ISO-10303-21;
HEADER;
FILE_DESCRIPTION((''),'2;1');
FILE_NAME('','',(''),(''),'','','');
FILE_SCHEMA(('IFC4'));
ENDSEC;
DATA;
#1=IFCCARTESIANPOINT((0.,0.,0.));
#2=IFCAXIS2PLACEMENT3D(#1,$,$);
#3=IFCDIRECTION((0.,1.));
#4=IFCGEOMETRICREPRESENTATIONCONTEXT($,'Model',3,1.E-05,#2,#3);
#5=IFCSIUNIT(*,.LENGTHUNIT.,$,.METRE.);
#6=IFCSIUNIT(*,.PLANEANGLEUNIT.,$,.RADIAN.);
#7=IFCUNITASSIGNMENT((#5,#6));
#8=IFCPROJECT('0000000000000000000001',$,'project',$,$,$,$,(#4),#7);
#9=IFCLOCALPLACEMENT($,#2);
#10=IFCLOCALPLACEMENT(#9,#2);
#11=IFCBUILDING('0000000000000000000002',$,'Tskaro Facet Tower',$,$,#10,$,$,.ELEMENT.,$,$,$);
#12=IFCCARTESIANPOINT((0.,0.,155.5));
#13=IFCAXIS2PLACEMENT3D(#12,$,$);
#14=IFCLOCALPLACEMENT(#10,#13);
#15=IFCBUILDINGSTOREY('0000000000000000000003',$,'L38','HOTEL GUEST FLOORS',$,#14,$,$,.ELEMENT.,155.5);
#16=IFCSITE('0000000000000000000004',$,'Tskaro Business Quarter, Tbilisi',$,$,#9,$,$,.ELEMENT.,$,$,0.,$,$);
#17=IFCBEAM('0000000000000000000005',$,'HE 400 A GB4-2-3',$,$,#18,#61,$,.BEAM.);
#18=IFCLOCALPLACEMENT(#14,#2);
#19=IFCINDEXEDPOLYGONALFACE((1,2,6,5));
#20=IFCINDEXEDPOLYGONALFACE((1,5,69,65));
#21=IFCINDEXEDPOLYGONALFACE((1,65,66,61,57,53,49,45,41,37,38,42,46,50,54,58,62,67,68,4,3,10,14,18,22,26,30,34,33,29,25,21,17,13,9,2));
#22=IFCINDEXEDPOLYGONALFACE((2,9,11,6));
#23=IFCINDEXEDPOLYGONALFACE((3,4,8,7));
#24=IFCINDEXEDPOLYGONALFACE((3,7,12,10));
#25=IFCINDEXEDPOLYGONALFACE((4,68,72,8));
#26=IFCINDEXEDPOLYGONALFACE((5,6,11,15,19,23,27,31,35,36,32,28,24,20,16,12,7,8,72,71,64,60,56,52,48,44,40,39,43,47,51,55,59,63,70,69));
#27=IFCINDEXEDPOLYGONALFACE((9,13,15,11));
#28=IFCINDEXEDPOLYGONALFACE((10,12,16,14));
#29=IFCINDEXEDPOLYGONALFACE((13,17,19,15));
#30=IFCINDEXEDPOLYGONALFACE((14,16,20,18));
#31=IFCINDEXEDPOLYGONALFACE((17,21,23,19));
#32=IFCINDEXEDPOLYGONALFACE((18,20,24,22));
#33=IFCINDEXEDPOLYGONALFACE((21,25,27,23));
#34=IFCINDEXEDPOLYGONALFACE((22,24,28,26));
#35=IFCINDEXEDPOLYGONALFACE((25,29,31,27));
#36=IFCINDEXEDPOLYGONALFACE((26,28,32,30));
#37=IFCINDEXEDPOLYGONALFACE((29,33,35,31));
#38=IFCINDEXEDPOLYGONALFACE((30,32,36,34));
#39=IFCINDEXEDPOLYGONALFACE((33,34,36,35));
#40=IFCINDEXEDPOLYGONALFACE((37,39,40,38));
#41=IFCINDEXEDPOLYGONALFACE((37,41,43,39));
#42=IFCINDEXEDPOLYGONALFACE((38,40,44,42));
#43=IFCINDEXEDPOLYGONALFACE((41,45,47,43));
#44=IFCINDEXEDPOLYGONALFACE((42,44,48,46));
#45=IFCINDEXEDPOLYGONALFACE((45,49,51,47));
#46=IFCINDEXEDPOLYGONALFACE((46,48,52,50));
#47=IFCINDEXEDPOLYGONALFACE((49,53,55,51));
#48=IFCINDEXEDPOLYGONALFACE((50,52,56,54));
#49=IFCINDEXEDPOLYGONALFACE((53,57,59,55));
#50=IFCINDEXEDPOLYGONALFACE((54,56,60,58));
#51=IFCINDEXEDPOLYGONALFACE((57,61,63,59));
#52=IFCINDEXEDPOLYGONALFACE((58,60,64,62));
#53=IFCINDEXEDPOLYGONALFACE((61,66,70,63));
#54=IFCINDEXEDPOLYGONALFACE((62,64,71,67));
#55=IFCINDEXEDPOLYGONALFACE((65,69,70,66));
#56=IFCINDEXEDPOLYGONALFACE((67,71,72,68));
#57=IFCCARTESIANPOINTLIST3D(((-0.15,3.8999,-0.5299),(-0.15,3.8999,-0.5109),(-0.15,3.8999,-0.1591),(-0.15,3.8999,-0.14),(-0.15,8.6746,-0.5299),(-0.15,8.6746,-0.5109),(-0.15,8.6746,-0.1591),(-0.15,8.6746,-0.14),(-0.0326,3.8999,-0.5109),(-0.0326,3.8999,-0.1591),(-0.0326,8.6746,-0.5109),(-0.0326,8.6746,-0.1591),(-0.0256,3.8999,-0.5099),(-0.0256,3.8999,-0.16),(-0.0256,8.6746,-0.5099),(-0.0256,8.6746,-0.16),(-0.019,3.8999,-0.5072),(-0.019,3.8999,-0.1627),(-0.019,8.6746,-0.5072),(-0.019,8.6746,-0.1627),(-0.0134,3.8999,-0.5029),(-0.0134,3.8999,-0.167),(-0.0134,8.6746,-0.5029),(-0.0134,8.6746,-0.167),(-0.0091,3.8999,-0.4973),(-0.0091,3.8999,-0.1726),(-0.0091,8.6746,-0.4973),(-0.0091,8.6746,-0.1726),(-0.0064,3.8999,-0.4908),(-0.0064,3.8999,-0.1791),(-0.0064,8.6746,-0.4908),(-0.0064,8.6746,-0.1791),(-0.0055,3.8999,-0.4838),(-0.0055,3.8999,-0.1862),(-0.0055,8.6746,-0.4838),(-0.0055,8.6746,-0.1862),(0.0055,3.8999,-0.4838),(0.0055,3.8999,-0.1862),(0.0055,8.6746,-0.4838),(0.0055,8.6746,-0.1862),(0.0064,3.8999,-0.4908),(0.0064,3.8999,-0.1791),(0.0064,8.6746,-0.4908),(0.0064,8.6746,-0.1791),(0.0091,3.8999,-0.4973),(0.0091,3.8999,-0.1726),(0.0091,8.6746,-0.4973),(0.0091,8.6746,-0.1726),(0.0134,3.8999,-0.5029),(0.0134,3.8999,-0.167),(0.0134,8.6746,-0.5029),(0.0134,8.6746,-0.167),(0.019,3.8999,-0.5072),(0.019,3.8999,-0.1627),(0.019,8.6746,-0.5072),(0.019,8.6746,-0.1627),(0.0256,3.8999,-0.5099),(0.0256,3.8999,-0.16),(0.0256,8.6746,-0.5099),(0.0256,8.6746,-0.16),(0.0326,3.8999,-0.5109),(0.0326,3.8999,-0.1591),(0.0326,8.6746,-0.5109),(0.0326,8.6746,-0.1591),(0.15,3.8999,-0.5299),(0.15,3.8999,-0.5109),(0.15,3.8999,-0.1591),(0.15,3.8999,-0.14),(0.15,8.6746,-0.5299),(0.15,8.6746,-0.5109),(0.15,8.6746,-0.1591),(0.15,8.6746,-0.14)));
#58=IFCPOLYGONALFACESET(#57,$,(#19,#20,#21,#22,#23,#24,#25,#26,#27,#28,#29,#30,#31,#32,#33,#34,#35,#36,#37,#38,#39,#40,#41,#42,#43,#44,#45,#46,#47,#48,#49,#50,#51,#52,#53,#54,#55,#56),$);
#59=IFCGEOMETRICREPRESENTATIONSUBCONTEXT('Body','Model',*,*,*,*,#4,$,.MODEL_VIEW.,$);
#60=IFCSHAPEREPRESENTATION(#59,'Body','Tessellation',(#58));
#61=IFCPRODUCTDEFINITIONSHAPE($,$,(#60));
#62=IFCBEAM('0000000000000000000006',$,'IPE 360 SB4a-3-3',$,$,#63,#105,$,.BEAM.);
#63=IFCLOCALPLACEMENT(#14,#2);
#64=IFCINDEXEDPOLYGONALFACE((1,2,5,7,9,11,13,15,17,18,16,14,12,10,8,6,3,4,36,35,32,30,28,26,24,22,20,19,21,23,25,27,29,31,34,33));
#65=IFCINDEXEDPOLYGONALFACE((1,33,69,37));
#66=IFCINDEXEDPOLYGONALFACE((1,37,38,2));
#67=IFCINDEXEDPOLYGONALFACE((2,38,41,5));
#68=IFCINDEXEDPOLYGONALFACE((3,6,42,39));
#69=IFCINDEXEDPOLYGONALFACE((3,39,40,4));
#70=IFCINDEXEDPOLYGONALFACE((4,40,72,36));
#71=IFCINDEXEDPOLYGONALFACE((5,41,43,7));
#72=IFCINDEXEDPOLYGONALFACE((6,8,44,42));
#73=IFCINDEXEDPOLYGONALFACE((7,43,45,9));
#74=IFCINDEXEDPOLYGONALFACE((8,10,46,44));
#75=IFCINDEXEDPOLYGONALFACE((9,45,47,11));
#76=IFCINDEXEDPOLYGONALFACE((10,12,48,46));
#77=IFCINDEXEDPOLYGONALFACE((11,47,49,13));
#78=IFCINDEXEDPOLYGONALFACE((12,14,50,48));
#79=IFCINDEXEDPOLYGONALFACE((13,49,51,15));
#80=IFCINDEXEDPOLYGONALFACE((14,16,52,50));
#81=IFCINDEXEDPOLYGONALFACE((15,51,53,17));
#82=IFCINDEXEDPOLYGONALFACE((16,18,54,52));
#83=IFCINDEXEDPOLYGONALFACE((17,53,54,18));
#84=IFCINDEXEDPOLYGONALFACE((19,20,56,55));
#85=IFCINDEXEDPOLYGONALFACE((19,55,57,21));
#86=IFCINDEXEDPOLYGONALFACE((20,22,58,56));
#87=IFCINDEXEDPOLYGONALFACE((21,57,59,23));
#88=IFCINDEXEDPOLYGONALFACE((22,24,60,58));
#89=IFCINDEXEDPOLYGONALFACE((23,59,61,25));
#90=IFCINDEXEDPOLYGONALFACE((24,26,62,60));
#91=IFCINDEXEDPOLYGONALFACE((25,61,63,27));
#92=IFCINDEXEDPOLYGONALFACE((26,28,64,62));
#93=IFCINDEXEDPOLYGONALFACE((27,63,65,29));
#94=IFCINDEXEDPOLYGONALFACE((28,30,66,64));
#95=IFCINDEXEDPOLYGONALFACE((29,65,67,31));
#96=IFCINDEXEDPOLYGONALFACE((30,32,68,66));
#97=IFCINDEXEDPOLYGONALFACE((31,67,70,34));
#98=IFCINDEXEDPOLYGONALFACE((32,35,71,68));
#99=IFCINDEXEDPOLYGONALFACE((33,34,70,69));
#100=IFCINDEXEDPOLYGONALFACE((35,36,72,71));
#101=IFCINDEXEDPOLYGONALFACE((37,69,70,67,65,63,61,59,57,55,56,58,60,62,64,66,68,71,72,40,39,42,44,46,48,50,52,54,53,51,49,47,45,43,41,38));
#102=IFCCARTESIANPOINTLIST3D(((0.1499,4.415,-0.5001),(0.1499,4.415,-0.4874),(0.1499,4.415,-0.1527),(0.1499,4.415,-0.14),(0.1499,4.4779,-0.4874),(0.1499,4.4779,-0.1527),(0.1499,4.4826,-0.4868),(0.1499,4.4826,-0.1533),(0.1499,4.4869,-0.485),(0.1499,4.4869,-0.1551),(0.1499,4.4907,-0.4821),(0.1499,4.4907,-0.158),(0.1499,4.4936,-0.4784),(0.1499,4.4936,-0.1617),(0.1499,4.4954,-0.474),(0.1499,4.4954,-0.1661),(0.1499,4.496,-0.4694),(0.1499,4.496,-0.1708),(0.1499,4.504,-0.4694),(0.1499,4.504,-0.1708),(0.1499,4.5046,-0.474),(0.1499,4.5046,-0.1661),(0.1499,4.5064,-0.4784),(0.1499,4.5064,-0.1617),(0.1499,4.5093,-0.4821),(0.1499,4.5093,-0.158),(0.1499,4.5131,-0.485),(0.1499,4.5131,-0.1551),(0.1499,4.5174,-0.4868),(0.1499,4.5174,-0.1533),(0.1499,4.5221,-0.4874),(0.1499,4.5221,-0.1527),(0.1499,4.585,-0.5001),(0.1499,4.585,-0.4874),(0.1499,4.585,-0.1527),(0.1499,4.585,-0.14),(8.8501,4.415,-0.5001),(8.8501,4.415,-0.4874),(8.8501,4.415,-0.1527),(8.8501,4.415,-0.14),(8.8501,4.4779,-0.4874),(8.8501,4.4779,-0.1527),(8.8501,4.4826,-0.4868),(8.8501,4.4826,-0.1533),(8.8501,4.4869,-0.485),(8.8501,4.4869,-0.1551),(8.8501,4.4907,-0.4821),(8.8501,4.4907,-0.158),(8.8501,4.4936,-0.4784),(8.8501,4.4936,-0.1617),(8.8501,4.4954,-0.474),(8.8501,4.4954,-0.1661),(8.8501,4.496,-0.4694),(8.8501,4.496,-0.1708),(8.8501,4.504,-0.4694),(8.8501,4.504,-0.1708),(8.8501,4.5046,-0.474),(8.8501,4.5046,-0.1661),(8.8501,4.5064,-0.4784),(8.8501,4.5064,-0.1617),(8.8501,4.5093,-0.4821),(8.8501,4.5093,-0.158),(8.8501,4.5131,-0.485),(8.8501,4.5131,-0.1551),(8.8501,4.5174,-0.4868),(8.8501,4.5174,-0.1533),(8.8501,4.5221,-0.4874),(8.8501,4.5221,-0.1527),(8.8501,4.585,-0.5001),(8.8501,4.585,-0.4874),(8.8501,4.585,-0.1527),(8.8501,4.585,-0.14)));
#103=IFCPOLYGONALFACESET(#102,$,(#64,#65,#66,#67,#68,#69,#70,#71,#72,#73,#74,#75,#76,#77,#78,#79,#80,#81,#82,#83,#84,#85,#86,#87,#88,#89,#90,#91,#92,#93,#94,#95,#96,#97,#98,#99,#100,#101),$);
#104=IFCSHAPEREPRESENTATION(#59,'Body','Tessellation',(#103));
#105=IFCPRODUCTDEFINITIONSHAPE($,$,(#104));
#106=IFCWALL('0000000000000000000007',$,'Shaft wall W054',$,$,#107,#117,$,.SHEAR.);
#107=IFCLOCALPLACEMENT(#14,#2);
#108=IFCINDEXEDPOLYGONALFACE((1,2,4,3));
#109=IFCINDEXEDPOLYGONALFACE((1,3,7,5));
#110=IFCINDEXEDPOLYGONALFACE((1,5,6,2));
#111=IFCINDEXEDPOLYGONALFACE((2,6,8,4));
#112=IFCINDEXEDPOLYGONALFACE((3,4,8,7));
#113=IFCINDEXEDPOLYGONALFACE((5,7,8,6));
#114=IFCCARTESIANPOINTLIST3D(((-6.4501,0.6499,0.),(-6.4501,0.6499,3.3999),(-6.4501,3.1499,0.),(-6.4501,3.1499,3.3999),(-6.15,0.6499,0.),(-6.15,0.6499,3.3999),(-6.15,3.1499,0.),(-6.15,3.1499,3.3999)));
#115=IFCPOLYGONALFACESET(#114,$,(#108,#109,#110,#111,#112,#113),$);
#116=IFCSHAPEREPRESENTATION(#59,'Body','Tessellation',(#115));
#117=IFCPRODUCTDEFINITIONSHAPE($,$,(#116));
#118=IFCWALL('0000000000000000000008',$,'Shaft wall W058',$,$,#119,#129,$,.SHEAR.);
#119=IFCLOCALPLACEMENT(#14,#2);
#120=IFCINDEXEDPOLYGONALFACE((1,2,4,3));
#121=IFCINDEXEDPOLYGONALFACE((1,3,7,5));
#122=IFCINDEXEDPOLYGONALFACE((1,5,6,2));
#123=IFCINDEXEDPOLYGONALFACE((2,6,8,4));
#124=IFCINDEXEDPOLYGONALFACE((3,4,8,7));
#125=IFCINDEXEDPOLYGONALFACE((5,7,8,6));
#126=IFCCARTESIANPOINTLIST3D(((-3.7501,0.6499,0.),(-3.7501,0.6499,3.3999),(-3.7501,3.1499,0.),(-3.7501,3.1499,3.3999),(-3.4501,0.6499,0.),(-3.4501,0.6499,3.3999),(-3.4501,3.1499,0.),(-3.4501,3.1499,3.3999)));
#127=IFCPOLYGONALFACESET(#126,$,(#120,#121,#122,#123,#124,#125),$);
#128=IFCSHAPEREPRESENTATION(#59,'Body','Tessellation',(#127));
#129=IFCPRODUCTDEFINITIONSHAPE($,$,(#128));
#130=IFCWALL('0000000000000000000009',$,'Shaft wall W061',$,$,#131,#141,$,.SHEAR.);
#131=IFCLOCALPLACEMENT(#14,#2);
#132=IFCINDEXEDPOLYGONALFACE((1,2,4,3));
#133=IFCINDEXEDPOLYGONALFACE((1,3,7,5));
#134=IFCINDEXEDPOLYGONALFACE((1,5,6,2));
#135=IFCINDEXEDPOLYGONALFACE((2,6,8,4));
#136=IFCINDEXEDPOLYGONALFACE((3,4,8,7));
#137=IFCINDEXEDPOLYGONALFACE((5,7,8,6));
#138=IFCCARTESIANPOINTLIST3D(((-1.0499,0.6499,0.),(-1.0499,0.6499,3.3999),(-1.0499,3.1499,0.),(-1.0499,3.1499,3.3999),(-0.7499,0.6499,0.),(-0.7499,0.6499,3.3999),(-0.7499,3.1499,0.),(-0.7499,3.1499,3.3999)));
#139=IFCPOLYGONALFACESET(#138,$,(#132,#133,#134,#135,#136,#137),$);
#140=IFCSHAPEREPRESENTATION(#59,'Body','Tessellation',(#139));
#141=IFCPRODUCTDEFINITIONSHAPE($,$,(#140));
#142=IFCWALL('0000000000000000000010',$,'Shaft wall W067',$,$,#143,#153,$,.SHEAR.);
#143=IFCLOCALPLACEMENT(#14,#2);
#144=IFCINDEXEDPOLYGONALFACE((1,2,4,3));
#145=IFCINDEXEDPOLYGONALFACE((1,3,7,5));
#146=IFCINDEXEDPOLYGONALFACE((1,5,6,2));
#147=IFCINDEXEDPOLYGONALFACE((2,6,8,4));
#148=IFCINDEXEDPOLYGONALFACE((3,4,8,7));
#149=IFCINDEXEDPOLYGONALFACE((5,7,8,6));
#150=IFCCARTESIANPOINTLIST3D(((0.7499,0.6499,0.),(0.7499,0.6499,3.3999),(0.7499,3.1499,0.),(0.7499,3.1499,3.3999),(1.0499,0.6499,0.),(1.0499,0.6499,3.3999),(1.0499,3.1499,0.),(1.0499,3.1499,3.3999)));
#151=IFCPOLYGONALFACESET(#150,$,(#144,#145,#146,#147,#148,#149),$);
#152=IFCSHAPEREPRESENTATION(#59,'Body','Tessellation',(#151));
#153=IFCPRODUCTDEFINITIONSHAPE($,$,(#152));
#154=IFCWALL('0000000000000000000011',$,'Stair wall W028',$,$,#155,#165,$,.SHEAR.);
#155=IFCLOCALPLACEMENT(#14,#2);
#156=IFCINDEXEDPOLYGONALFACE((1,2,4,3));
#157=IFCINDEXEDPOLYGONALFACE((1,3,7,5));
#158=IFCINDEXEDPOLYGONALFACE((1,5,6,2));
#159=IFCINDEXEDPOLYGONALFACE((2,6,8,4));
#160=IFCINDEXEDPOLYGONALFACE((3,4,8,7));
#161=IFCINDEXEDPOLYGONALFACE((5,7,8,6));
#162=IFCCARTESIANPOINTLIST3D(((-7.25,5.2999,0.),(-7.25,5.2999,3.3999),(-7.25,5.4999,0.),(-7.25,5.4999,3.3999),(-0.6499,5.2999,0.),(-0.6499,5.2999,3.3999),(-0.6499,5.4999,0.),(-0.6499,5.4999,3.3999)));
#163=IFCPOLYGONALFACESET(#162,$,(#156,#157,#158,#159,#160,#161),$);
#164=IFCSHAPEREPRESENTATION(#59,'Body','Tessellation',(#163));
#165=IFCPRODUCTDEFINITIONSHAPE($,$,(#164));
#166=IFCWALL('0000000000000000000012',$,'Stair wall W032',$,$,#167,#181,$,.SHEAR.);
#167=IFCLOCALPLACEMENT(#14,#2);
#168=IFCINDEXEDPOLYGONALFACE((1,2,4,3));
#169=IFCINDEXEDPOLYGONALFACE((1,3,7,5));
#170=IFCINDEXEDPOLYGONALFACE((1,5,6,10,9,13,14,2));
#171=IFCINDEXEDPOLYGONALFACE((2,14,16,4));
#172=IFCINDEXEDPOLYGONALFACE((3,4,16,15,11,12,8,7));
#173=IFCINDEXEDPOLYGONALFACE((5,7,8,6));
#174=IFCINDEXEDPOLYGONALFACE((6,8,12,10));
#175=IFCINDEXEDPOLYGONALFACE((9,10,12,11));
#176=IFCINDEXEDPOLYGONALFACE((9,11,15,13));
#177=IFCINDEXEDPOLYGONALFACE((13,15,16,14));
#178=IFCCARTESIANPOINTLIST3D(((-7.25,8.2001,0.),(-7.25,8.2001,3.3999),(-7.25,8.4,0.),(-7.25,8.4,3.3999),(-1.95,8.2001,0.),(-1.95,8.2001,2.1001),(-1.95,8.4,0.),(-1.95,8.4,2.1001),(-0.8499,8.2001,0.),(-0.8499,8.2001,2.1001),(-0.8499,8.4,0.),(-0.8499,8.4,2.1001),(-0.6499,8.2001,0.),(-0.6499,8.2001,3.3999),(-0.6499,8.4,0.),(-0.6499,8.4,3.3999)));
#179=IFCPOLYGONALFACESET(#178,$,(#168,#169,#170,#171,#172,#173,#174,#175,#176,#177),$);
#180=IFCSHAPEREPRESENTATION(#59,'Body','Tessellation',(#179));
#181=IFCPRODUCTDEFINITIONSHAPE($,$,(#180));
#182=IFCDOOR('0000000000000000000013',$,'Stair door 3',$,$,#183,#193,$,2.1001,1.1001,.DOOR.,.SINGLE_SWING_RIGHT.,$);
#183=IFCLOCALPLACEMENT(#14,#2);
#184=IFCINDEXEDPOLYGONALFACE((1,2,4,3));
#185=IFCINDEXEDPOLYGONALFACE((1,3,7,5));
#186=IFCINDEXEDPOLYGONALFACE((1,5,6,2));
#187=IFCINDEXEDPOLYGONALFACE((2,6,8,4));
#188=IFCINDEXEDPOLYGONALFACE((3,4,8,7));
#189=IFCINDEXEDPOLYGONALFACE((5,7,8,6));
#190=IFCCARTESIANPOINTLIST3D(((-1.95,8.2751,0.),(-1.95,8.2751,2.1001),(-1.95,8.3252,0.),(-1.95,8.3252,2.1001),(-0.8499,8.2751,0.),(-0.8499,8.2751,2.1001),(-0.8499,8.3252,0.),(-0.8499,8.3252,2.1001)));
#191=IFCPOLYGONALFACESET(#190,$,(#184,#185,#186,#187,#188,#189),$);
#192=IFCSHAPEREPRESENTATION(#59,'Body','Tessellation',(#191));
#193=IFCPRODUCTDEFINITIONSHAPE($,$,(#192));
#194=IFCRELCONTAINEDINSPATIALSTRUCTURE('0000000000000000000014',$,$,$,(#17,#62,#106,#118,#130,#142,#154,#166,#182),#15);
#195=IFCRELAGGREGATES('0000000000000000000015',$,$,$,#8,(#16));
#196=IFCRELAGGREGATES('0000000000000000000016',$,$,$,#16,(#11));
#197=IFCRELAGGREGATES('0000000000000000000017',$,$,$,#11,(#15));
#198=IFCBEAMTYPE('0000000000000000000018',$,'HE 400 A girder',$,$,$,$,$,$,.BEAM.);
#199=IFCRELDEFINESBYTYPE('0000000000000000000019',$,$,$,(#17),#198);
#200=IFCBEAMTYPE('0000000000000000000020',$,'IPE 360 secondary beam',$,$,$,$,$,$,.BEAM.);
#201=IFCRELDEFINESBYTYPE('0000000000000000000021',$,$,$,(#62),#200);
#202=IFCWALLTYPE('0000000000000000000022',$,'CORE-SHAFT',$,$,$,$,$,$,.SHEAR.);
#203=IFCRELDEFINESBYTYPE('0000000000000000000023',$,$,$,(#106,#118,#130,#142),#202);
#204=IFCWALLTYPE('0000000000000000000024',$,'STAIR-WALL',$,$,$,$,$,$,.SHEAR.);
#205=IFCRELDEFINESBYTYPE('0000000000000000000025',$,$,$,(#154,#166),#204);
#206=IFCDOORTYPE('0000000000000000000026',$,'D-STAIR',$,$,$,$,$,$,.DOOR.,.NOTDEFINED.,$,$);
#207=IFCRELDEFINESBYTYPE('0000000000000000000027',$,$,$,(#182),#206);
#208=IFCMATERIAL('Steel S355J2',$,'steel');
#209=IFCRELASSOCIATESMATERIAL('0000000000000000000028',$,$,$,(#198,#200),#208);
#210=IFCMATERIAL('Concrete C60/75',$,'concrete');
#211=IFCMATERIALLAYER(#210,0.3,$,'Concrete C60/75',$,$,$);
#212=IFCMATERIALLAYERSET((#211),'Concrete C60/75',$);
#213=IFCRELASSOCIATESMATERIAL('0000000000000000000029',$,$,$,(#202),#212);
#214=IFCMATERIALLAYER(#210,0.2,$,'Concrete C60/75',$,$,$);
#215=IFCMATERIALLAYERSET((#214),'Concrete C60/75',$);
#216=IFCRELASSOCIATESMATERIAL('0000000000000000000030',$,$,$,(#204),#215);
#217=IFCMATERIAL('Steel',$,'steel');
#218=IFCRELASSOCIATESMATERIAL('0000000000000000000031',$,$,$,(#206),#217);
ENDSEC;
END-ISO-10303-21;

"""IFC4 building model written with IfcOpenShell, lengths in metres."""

from ifc_helpers import new_model, si_unit, direction, frame, frame_2d, origin, origin_2d, place, context, subcontext, project, spatial, rectangle, i_section, extrude, material, layer, layer_set, material_profile, profile_set, type_object, element, fill, save


model = new_model("IFC4")

# Units and contexts
model_context = context("Model", 3, precision=1e-05, world=origin(), true_north=direction((0.0, 1.0)))
body_context = subcontext(model_context, "Body", "Model", "MODEL_VIEW")
ifc_project = project(units=[si_unit("LENGTHUNIT", "METRE"), si_unit("PLANEANGLEUNIT", "RADIAN")], contexts=[model_context])

# Site, building, storey
site_placement = place(None, origin())
site = spatial("IfcSite", under=ifc_project, at=site_placement, Name="Tskaro Business Quarter, Tbilisi", CompositionType="ELEMENT", RefElevation=0.0)
building_placement = place(site_placement, origin())
building = spatial("IfcBuilding", under=site, at=building_placement, Name="Tskaro Facet Tower", CompositionType="ELEMENT")
storey_placement = place(building_placement, frame((0.0, 0.0, 155.5)))
storey = spatial("IfcBuildingStorey", under=building, at=storey_placement, Name="L38", Description="HOTEL GUEST FLOORS", CompositionType="ELEMENT", Elevation=155.5)

# Beams
ifc_material_1 = material(Name="Steel S355J2", Category="steel")
ifc_material_profile_1 = material_profile(ifc_material_1, i_section(OverallWidth=0.3, OverallDepth=0.3899, WebThickness=0.011, FlangeThickness=0.019, FilletRadius=0.0271, at=origin_2d()), Name="HE 400 A")
ifc_profile_set_1 = profile_set([ifc_material_profile_1], Name="Steel S355J2")
beam_type_1 = type_object("IfcBeamType", Name="HE 400 A girder", PredefinedType="BEAM", material=ifc_profile_set_1)
beam_1_placement = place(storey_placement, frame((0.0, 3.8999, -0.335), z_axis=(0.0, 1.0, 0.0), x_axis=(-1.0, 0.0, 0.0)))
element("IfcBeam", 1, at=beam_1_placement, inside=storey, type_object=beam_type_1, Name="HE 400 A GB4-2-3", PredefinedType="BEAM", context=body_context, shape_type="SweptSolid", body=[
    extrude(i_section(OverallWidth=0.3, OverallDepth=0.3899, WebThickness=0.011, FlangeThickness=0.019, FilletRadius=0.0271, at=origin_2d()), origin(), (0.0, 0.0, 1.0), 4.7747),
])
ifc_material_profile_2 = material_profile(ifc_material_1, i_section(OverallWidth=0.1699, OverallDepth=0.3601, WebThickness=0.0081, FlangeThickness=0.0127, FilletRadius=0.0181, at=origin_2d()), Name="IPE 360")
ifc_profile_set_2 = profile_set([ifc_material_profile_2], Name="Steel S355J2")
beam_type_2 = type_object("IfcBeamType", Name="IPE 360 secondary beam", PredefinedType="BEAM", material=ifc_profile_set_2)
beam_2_placement = place(storey_placement, frame((0.1499, 4.5, -0.3201), z_axis=(1.0, 0.0, 0.0), x_axis=(0.0, 1.0, 0.0)))
element("IfcBeam", 2, at=beam_2_placement, inside=storey, type_object=beam_type_2, Name="IPE 360 SB4a-3-3", PredefinedType="BEAM", context=body_context, shape_type="SweptSolid", body=[
    extrude(i_section(OverallWidth=0.1699, OverallDepth=0.3601, WebThickness=0.0081, FlangeThickness=0.0127, FilletRadius=0.0181, at=origin_2d()), origin(), (0.0, 0.0, 1.0), 8.7002),
])

# Walls
ifc_material_2 = material(Name="Concrete C60/75", Category="concrete")
ifc_layer_1 = layer(ifc_material_2, 0.3, Name="Concrete C60/75")
ifc_layer_set_1 = layer_set([ifc_layer_1], Name="Concrete C60/75")
wall_type_1 = type_object("IfcWallType", Name="CORE-SHAFT", PredefinedType="SHEAR", material=ifc_layer_set_1)
for number, where, z_axis, x_axis, name in (
    (3, (-6.3, 0.6499, 0.0), (0.0, 0.0, 1.0), (0.0, 1.0, 0.0), "Shaft wall W054"),
    (4, (-3.6001, 0.6499, 0.0), (0.0, 0.0, 1.0), (0.0, 1.0, 0.0), "Shaft wall W058"),
    (5, (-0.8999, 0.6499, 0.0), (0.0, 0.0, 1.0), (0.0, 1.0, 0.0), "Shaft wall W061"),
    (6, (0.8999, 0.6499, 0.0), (0.0, 0.0, 1.0), (0.0, 1.0, 0.0), "Shaft wall W067"),
):
    element("IfcWall", number, at=place(storey_placement, frame(where, z_axis=z_axis, x_axis=x_axis)), inside=storey, type_object=wall_type_1, Name=name, PredefinedType="SHEAR", context=body_context, shape_type="SweptSolid", body=[
        extrude(rectangle(XDim=2.5, YDim=0.3, at=frame_2d((1.25, 0.0))), origin(), (0.0, 0.0, 1.0), 3.3999),
    ])
ifc_layer_2 = layer(ifc_material_2, 0.2, Name="Concrete C60/75")
ifc_layer_set_2 = layer_set([ifc_layer_2], Name="Concrete C60/75")
wall_type_2 = type_object("IfcWallType", Name="STAIR-WALL", PredefinedType="SHEAR", material=ifc_layer_set_2)
wall_1_placement = place(storey_placement, frame((-7.25, 5.3999, 0.0), z_axis=(0.0, 0.0, 1.0), x_axis=(1.0, 0.0, 0.0)))
element("IfcWall", 7, at=wall_1_placement, inside=storey, type_object=wall_type_2, Name="Stair wall W028", PredefinedType="SHEAR", context=body_context, shape_type="SweptSolid", body=[
    extrude(rectangle(XDim=6.6001, YDim=0.2, at=frame_2d((3.3, 0.0))), origin(), (0.0, 0.0, 1.0), 3.3999),
])

# Wall, opening, door
wall_2_placement = place(storey_placement, frame((-0.6499, 8.3, 0.0), z_axis=(0.0, 0.0, 1.0), x_axis=(-1.0, 0.0, 0.0)))
wall_2 = element("IfcWall", 8, at=wall_2_placement, inside=storey, type_object=wall_type_2, Name="Stair wall W032", PredefinedType="SHEAR", context=body_context, shape_type="SweptSolid", body=[
    extrude(rectangle(XDim=6.6001, YDim=0.2, at=frame_2d((3.3, 0.0))), origin(), (0.0, 0.0, 1.0), 3.3999),
])
opening_1_placement = place(wall_2_placement, frame((0.2, 0.0, 0.0)))
opening_1 = element("IfcOpeningElement", 9, at=opening_1_placement, cuts=wall_2, PredefinedType="OPENING", context=body_context, shape_type="SweptSolid", body=[
    extrude(rectangle(XDim=1.1001, YDim=2.1001, at=frame_2d((0.55, 1.05))), frame((0.0, 0.1099, 0.0), z_axis=(0.0, -1.0, 0.0), x_axis=(1.0, 0.0, 0.0)), (0.0, 0.0, 1.0), 0.22),
])
ifc_material_3 = material(Name="Steel", Category="steel")
door_type_1 = type_object("IfcDoorType", Name="D-STAIR", OperationType="NOTDEFINED", PredefinedType="DOOR", material=ifc_material_3)
door_1_placement = place(opening_1_placement, origin())
door_1 = element("IfcDoor", 10, at=door_1_placement, inside=storey, type_object=door_type_1, Name="Stair door 3", OperationType="SINGLE_SWING_RIGHT", OverallHeight=2.1001, OverallWidth=1.1001, PredefinedType="DOOR", context=body_context, shape_type="SweptSolid", body=[
    extrude(rectangle(XDim=1.1001, YDim=2.1001, at=frame_2d((0.55, 1.05))), frame((0.0, 0.0249, 0.0), z_axis=(0.0, -1.0, 0.0), x_axis=(1.0, 0.0, 0.0)), (0.0, 0.0, 1.0), 0.05),
])
fill(opening_1, door_1)

save(model, "model.ifc")
